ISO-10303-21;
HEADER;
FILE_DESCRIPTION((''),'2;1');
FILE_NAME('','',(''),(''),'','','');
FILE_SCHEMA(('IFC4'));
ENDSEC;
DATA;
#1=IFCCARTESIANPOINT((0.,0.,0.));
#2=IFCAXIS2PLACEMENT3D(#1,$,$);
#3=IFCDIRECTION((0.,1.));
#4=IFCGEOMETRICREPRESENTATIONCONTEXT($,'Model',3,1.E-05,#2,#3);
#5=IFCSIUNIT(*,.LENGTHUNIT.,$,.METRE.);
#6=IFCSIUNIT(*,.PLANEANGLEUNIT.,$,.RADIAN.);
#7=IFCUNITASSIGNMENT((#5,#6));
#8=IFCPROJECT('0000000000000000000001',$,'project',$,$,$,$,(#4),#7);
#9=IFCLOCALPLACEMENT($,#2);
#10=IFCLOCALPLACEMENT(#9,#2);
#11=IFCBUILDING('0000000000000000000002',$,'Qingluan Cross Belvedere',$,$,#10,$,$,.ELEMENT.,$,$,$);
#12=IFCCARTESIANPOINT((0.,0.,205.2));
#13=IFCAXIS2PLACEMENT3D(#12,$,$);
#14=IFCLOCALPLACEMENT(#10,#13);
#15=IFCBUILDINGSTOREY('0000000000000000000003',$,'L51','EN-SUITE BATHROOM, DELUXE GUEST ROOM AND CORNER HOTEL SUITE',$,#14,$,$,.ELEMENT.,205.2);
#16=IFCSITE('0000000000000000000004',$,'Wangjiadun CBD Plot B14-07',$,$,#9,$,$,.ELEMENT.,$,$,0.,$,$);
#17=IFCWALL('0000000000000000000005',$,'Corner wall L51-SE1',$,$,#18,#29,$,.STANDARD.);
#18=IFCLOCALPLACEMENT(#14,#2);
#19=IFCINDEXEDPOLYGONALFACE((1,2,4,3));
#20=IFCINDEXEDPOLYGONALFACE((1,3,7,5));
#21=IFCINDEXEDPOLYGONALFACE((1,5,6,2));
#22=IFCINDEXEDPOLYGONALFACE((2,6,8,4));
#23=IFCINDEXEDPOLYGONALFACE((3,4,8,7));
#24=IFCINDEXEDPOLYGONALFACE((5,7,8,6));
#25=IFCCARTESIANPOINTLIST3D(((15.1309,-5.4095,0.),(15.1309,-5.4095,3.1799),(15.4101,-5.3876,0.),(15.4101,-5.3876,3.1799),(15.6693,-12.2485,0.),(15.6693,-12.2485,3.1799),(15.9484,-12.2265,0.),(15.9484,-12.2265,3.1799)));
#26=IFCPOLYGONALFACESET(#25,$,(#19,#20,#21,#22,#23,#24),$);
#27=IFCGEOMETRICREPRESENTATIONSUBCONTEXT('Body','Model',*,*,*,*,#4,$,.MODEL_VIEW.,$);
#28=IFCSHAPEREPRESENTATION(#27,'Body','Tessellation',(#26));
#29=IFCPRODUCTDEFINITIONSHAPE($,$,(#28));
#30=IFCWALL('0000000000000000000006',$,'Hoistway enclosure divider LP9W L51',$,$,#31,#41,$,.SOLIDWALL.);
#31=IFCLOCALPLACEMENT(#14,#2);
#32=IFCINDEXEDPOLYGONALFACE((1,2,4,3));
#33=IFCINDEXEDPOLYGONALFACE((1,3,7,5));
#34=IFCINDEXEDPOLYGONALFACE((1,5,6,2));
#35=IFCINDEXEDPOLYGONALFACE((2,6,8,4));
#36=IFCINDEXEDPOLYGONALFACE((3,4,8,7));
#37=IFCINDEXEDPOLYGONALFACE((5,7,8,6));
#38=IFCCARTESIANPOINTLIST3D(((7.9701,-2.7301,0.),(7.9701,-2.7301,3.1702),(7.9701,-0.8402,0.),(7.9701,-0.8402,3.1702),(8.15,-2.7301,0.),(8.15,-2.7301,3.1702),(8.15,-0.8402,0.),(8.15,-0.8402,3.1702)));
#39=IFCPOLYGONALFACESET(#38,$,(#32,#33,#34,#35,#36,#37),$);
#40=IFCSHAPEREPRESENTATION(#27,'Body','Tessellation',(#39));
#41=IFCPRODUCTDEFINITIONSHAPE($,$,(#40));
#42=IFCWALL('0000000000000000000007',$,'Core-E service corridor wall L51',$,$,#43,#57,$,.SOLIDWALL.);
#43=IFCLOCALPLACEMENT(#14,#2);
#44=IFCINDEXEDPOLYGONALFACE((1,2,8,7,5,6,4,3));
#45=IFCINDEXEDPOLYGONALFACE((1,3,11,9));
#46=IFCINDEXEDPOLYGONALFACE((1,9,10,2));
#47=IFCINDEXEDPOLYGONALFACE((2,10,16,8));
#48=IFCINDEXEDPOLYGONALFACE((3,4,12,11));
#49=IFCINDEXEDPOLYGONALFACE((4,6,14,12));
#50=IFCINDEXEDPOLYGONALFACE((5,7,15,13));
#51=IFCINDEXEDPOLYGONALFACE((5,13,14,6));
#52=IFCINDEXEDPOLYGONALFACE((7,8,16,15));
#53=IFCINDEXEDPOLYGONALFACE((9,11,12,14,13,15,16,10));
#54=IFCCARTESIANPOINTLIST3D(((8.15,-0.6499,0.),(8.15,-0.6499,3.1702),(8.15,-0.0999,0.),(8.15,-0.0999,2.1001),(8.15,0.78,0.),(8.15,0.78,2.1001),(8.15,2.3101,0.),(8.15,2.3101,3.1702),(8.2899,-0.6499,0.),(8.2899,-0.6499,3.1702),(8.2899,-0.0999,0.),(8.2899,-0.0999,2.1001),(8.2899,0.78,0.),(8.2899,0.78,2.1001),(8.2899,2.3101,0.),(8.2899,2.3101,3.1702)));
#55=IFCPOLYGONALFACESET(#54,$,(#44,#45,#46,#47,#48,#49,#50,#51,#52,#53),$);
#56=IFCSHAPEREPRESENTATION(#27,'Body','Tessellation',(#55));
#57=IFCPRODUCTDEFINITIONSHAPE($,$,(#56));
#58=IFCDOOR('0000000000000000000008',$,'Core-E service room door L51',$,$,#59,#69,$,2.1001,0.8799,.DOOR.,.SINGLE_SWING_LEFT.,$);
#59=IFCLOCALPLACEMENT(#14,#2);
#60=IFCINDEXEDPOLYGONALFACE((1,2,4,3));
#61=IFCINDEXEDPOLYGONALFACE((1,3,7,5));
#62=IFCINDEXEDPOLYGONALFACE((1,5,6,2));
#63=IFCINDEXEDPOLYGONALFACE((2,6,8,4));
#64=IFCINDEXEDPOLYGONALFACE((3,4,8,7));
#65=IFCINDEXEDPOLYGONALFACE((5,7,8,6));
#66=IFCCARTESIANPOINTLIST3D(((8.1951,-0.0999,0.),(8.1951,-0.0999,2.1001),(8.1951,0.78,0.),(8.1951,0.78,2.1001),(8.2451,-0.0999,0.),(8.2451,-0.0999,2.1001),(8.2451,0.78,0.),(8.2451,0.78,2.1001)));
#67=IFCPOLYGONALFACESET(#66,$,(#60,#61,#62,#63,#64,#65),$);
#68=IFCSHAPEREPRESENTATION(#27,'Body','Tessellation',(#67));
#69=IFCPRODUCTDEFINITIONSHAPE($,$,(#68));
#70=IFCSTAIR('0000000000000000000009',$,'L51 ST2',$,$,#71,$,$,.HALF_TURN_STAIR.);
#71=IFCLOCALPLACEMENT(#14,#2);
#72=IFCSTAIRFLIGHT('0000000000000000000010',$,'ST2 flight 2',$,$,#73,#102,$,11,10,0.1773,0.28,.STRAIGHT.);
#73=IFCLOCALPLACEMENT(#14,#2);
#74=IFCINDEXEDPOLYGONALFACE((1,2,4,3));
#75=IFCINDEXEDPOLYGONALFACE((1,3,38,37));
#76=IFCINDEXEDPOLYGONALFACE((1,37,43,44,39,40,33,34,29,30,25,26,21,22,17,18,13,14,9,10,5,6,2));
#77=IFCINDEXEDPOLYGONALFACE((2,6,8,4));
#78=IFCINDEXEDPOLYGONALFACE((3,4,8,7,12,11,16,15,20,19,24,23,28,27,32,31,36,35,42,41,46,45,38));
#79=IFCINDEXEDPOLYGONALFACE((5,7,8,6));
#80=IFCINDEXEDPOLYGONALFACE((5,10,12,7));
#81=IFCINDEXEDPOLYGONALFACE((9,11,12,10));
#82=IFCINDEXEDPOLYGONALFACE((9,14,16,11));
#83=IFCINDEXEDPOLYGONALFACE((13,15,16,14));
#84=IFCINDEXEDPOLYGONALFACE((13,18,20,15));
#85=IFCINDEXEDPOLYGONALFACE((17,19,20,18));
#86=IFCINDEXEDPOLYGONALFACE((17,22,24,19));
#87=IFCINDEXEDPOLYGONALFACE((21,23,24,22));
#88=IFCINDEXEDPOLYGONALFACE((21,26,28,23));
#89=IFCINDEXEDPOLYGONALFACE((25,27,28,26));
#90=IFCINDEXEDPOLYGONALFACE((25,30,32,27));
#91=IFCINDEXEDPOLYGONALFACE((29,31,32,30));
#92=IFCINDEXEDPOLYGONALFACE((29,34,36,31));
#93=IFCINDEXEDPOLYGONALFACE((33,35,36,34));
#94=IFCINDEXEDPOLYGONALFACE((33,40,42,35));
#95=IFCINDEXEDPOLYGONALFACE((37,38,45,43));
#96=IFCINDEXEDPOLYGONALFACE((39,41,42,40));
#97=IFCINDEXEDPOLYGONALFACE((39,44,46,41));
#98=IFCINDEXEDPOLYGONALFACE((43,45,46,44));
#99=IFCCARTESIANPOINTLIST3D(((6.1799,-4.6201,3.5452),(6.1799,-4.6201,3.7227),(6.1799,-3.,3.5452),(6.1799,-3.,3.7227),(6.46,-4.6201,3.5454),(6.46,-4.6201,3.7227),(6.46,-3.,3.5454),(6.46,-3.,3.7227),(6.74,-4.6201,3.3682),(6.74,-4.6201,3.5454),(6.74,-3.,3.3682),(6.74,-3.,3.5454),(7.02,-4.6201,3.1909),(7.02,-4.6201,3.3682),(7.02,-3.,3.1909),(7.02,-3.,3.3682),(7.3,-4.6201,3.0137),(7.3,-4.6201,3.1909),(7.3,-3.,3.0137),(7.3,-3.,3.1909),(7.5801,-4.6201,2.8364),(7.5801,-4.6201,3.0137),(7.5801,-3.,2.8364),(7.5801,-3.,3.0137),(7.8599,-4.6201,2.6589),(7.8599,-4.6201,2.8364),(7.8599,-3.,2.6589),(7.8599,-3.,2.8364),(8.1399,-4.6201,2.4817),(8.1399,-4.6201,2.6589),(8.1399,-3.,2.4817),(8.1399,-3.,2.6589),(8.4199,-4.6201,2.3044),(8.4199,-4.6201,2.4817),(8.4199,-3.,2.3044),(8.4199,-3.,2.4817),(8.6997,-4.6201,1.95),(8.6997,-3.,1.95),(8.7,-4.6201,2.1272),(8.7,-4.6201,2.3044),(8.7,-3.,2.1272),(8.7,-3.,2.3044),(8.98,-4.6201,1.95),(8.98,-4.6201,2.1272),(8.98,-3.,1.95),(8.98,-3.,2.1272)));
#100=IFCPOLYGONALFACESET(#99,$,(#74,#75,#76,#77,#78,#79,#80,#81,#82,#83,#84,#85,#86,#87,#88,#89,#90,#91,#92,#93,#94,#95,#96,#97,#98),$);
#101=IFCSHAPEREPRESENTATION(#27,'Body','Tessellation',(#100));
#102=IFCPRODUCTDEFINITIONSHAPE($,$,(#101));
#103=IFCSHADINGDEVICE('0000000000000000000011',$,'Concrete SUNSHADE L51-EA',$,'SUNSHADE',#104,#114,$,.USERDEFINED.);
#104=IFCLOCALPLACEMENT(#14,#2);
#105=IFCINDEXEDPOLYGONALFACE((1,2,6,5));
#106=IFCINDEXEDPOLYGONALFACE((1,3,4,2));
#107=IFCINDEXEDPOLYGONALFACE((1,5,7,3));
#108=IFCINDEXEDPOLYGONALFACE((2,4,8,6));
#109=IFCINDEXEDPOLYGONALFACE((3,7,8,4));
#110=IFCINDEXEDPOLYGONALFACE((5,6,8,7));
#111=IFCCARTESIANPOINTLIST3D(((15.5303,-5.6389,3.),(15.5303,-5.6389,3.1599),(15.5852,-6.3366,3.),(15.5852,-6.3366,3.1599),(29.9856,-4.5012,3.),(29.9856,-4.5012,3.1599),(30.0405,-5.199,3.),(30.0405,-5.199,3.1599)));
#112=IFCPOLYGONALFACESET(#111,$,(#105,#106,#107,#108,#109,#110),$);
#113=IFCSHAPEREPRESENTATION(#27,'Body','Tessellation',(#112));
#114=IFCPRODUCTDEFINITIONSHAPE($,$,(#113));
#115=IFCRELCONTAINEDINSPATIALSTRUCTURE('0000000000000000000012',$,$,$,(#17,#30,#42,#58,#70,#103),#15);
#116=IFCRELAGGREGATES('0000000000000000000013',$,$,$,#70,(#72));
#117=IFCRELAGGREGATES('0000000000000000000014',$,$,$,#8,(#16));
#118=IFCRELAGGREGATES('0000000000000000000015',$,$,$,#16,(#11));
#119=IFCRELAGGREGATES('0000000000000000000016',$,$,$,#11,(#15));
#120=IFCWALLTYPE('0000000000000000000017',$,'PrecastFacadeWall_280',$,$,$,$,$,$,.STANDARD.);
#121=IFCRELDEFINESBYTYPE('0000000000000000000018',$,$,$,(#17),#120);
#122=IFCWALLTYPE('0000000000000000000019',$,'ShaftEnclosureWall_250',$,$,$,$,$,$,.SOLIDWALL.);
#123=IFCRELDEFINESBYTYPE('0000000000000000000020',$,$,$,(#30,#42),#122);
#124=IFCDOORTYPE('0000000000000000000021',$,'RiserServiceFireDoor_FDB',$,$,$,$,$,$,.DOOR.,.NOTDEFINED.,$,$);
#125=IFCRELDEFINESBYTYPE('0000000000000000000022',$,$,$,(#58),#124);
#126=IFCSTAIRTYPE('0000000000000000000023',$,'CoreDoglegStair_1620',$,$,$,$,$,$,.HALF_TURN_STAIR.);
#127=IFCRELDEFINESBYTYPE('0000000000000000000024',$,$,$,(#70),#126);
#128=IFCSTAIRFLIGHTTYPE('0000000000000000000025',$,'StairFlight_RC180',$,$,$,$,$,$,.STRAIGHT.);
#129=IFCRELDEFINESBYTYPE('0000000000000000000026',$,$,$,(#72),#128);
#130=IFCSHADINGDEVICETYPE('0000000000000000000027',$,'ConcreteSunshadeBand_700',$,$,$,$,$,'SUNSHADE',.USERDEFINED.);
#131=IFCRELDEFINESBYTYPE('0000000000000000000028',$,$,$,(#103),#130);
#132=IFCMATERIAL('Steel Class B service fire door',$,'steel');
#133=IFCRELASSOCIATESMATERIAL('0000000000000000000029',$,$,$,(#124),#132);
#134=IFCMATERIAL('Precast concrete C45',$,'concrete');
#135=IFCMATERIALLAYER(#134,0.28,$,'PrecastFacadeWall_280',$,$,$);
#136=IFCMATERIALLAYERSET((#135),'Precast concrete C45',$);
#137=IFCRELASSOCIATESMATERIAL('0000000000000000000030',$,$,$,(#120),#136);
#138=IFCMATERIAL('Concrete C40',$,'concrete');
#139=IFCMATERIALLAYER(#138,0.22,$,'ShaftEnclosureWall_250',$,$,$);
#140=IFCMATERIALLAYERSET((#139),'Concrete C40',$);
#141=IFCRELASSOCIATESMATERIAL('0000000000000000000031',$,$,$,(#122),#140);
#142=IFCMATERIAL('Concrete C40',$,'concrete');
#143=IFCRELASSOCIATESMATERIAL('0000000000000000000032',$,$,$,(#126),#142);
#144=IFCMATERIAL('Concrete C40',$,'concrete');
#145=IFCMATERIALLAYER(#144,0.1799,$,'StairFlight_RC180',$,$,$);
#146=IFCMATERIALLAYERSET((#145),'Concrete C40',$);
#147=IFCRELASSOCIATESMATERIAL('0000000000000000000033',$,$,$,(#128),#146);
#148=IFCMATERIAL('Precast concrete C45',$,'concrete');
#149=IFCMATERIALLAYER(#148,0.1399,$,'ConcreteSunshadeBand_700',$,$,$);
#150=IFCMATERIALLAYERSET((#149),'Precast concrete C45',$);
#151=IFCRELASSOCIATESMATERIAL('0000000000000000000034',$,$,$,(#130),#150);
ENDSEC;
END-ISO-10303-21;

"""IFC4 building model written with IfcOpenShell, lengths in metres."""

from ifc_helpers import new_model, si_unit, direction, frame, frame_2d, origin, origin_2d, place, context, subcontext, project, spatial, polyline, rectangle, outline, extrude, material, layer, layer_set, type_object, element, fill, aggregate, save


model = new_model("IFC4")

# Units and contexts
model_context = context("Model", 3, precision=1e-05, world=origin(), true_north=direction((0.0, 1.0)))
body_context = subcontext(model_context, "Body", "Model", "MODEL_VIEW")
ifc_project = project(units=[si_unit("LENGTHUNIT", "METRE"), si_unit("PLANEANGLEUNIT", "RADIAN")], contexts=[model_context])

# Site, building, storey
site_placement = place(None, origin())
site = spatial("IfcSite", under=ifc_project, at=site_placement, Name="Wangjiadun CBD Plot B14-07", CompositionType="ELEMENT", RefElevation=0.0)
building_placement = place(site_placement, origin())
building = spatial("IfcBuilding", under=site, at=building_placement, Name="Qingluan Cross Belvedere", CompositionType="ELEMENT")
storey_placement = place(building_placement, frame((0.0, 0.0, 205.2)))
storey = spatial("IfcBuildingStorey", under=building, at=storey_placement, Name="L51", Description="EN-SUITE BATHROOM, DELUXE GUEST ROOM AND CORNER HOTEL SUITE", CompositionType="ELEMENT", Elevation=205.2)

# Shared definitions
ifc_material_1 = material(Name="Steel Class B service fire door", Category="steel")
door_type_1 = type_object("IfcDoorType", Name="RiserServiceFireDoor_FDB", OperationType="NOTDEFINED", PredefinedType="DOOR", material=ifc_material_1)

# Shared definitions
ifc_material_2 = material(Name="Precast concrete C45", Category="concrete")
ifc_layer_1 = layer(ifc_material_2, 0.28, Name="PrecastFacadeWall_280")
ifc_layer_set_1 = layer_set([ifc_layer_1], Name="Precast concrete C45")
wall_type_1 = type_object("IfcWallType", Name="PrecastFacadeWall_280", PredefinedType="STANDARD", material=ifc_layer_set_1)

# Walls
wall_1_placement = place(storey_placement, frame((15.2705, -5.3984, 0.0), z_axis=(0.0, 0.0, 1.0), x_axis=(0.078474, -0.996916, 0.0)))
element("IfcWall", 1, at=wall_1_placement, inside=storey, type_object=wall_type_1, Name="Corner wall L51-SE1", PredefinedType="STANDARD", context=body_context, shape_type="SweptSolid", body=[
    extrude(rectangle(XDim=6.8601, YDim=0.28, at=frame_2d((3.4302, 0.0))), origin(), (0.0, 0.0, 1.0), 3.1799),
])
ifc_material_3 = material(Name="Concrete C40", Category="concrete")
ifc_layer_2 = layer(ifc_material_3, 0.22, Name="ShaftEnclosureWall_250")
ifc_layer_set_2 = layer_set([ifc_layer_2], Name="Concrete C40")
wall_type_2 = type_object("IfcWallType", Name="ShaftEnclosureWall_250", PredefinedType="SOLIDWALL", material=ifc_layer_set_2)
wall_2_placement = place(storey_placement, frame((8.0601, -2.73, 0.0), z_axis=(0.0, 0.0, 1.0), x_axis=(0.0, 1.0, 0.0)))
element("IfcWall", 2, at=wall_2_placement, inside=storey, type_object=wall_type_2, Name="Hoistway enclosure divider LP9W L51", PredefinedType="SOLIDWALL", context=body_context, shape_type="SweptSolid", body=[
    extrude(rectangle(XDim=1.8899, YDim=0.1799, at=frame_2d((0.9448, 0.0))), origin(), (0.0, 0.0, 1.0), 3.1702),
])

# Wall, opening, door
wall_3_placement = place(storey_placement, frame((8.22, -0.6499, 0.0), z_axis=(0.0, 0.0, 1.0), x_axis=(0.0, 1.0, 0.0)))
wall_3 = element("IfcWall", 3, at=wall_3_placement, inside=storey, type_object=wall_type_2, Name="Core-E service corridor wall L51", PredefinedType="SOLIDWALL", context=body_context, shape_type="SweptSolid", body=[
    extrude(rectangle(XDim=2.96, YDim=0.1399, at=frame_2d((1.48, 0.0))), origin(), (0.0, 0.0, 1.0), 3.1702),
])
opening_1_placement = place(wall_3_placement, frame((0.55, 0.0, 0.0)))
opening_1 = element("IfcOpeningElement", 4, at=opening_1_placement, cuts=wall_3, PredefinedType="OPENING", context=body_context, shape_type="SweptSolid", body=[
    extrude(rectangle(XDim=0.8799, YDim=2.1001, at=frame_2d((0.4399, 1.05))), frame((0.0, 0.0798, 0.0), z_axis=(0.0, -1.0, 0.0), x_axis=(1.0, 0.0, 0.0)), (0.0, 0.0, 1.0), 0.1599),
])
door_1_placement = place(opening_1_placement, origin())
door_1 = element("IfcDoor", 5, at=door_1_placement, inside=storey, type_object=door_type_1, Name="Core-E service room door L51", OperationType="SINGLE_SWING_LEFT", OverallHeight=2.1001, OverallWidth=0.8799, PredefinedType="DOOR", context=body_context, shape_type="SweptSolid", body=[
    extrude(rectangle(XDim=0.8799, YDim=2.1001, at=frame_2d((0.4399, 1.05))), frame((0.0, 0.0249, 0.0), z_axis=(0.0, -1.0, 0.0), x_axis=(1.0, 0.0, 0.0)), (0.0, 0.0, 1.0), 0.05),
])
fill(opening_1, door_1)

# Stair, stair flight
ifc_material_4 = material(Name="Concrete C40", Category="concrete")
stair_type = type_object("IfcStairType", Name="CoreDoglegStair_1620", PredefinedType="HALF_TURN_STAIR", material=ifc_material_4)
stair_placement = place(storey_placement, origin())
stair = element("IfcStair", 6, at=stair_placement, inside=storey, type_object=stair_type, Name="L51 ST2", PredefinedType="HALF_TURN_STAIR")
ifc_material_5 = material(Name="Concrete C40", Category="concrete")
ifc_layer_3 = layer(ifc_material_5, 0.1799, Name="StairFlight_RC180")
ifc_layer_set_3 = layer_set([ifc_layer_3], Name="Concrete C40")
stair_flight_type = type_object("IfcStairFlightType", Name="StairFlight_RC180", PredefinedType="STRAIGHT", material=ifc_layer_set_3)
stair_flight_placement = place(storey_placement, frame((8.98, -3.8101, 1.95), z_axis=(0.0, 0.0, 1.0), x_axis=(-1.0, 0.0, 0.0)))
stair_flight = element("IfcStairFlight", 7, at=stair_flight_placement, type_object=stair_flight_type, Name="ST2 flight 2", NumberOfRisers=11, NumberOfTreads=10, PredefinedType="STRAIGHT", RiserHeight=0.1773, TreadLength=0.28, context=body_context, shape_type="SweptSolid", body=[
    extrude(outline(polyline([(0.0, 0.0), (0.0, 0.1772), (0.28, 0.1772), (0.28, 0.3545), (0.5601, 0.3545), (0.5601, 0.5317), (0.8401, 0.5317), (0.8401, 0.709), (1.1201, 0.709), (1.1201, 0.8865), (1.3999, 0.8865), (1.3999, 1.0637), (1.6799, 1.0637), (1.6799, 1.241), (1.96, 1.241), (1.96, 1.4182), (2.24, 1.4182), (2.24, 1.5955), (2.52, 1.5955), (2.52, 1.7727), (2.8, 1.7727), (2.8, 1.95), (2.8, 1.5952), (0.2803, 0.0), (0.0, 0.0)])), frame((0.0, 0.8101, 0.0), z_axis=(0.0, -1.0, 0.0), x_axis=(1.0, 0.0, 0.0)), (0.0, 0.0, 1.0), 1.6201),
])
aggregate(stair, [stair_flight])

# Shading device
ifc_material_6 = material(Name="Precast concrete C45", Category="concrete")
ifc_layer_4 = layer(ifc_material_6, 0.1399, Name="ConcreteSunshadeBand_700")
ifc_layer_set_4 = layer_set([ifc_layer_4], Name="Precast concrete C45")
shading_device_type = type_object("IfcShadingDeviceType", Name="ConcreteSunshadeBand_700", ElementType="SUNSHADE", PredefinedType="USERDEFINED", material=ifc_layer_set_4)
shading_device_placement = place(storey_placement, frame((22.7854, -5.4189, 3.0), z_axis=(0.0, 0.0, 1.0), x_axis=(0.996918, 0.078456, 0.0)))
element("IfcShadingDevice", 8, at=shading_device_placement, inside=storey, type_object=shading_device_type, Name="Concrete SUNSHADE L51-EA", ObjectType="SUNSHADE", PredefinedType="USERDEFINED", context=body_context, shape_type="SweptSolid", body=[
    extrude(rectangle(XDim=14.5, YDim=0.7, at=origin_2d()), origin(), (0.0, 0.0, 1.0), 0.1599),
])

save(model, "model.ifc")
